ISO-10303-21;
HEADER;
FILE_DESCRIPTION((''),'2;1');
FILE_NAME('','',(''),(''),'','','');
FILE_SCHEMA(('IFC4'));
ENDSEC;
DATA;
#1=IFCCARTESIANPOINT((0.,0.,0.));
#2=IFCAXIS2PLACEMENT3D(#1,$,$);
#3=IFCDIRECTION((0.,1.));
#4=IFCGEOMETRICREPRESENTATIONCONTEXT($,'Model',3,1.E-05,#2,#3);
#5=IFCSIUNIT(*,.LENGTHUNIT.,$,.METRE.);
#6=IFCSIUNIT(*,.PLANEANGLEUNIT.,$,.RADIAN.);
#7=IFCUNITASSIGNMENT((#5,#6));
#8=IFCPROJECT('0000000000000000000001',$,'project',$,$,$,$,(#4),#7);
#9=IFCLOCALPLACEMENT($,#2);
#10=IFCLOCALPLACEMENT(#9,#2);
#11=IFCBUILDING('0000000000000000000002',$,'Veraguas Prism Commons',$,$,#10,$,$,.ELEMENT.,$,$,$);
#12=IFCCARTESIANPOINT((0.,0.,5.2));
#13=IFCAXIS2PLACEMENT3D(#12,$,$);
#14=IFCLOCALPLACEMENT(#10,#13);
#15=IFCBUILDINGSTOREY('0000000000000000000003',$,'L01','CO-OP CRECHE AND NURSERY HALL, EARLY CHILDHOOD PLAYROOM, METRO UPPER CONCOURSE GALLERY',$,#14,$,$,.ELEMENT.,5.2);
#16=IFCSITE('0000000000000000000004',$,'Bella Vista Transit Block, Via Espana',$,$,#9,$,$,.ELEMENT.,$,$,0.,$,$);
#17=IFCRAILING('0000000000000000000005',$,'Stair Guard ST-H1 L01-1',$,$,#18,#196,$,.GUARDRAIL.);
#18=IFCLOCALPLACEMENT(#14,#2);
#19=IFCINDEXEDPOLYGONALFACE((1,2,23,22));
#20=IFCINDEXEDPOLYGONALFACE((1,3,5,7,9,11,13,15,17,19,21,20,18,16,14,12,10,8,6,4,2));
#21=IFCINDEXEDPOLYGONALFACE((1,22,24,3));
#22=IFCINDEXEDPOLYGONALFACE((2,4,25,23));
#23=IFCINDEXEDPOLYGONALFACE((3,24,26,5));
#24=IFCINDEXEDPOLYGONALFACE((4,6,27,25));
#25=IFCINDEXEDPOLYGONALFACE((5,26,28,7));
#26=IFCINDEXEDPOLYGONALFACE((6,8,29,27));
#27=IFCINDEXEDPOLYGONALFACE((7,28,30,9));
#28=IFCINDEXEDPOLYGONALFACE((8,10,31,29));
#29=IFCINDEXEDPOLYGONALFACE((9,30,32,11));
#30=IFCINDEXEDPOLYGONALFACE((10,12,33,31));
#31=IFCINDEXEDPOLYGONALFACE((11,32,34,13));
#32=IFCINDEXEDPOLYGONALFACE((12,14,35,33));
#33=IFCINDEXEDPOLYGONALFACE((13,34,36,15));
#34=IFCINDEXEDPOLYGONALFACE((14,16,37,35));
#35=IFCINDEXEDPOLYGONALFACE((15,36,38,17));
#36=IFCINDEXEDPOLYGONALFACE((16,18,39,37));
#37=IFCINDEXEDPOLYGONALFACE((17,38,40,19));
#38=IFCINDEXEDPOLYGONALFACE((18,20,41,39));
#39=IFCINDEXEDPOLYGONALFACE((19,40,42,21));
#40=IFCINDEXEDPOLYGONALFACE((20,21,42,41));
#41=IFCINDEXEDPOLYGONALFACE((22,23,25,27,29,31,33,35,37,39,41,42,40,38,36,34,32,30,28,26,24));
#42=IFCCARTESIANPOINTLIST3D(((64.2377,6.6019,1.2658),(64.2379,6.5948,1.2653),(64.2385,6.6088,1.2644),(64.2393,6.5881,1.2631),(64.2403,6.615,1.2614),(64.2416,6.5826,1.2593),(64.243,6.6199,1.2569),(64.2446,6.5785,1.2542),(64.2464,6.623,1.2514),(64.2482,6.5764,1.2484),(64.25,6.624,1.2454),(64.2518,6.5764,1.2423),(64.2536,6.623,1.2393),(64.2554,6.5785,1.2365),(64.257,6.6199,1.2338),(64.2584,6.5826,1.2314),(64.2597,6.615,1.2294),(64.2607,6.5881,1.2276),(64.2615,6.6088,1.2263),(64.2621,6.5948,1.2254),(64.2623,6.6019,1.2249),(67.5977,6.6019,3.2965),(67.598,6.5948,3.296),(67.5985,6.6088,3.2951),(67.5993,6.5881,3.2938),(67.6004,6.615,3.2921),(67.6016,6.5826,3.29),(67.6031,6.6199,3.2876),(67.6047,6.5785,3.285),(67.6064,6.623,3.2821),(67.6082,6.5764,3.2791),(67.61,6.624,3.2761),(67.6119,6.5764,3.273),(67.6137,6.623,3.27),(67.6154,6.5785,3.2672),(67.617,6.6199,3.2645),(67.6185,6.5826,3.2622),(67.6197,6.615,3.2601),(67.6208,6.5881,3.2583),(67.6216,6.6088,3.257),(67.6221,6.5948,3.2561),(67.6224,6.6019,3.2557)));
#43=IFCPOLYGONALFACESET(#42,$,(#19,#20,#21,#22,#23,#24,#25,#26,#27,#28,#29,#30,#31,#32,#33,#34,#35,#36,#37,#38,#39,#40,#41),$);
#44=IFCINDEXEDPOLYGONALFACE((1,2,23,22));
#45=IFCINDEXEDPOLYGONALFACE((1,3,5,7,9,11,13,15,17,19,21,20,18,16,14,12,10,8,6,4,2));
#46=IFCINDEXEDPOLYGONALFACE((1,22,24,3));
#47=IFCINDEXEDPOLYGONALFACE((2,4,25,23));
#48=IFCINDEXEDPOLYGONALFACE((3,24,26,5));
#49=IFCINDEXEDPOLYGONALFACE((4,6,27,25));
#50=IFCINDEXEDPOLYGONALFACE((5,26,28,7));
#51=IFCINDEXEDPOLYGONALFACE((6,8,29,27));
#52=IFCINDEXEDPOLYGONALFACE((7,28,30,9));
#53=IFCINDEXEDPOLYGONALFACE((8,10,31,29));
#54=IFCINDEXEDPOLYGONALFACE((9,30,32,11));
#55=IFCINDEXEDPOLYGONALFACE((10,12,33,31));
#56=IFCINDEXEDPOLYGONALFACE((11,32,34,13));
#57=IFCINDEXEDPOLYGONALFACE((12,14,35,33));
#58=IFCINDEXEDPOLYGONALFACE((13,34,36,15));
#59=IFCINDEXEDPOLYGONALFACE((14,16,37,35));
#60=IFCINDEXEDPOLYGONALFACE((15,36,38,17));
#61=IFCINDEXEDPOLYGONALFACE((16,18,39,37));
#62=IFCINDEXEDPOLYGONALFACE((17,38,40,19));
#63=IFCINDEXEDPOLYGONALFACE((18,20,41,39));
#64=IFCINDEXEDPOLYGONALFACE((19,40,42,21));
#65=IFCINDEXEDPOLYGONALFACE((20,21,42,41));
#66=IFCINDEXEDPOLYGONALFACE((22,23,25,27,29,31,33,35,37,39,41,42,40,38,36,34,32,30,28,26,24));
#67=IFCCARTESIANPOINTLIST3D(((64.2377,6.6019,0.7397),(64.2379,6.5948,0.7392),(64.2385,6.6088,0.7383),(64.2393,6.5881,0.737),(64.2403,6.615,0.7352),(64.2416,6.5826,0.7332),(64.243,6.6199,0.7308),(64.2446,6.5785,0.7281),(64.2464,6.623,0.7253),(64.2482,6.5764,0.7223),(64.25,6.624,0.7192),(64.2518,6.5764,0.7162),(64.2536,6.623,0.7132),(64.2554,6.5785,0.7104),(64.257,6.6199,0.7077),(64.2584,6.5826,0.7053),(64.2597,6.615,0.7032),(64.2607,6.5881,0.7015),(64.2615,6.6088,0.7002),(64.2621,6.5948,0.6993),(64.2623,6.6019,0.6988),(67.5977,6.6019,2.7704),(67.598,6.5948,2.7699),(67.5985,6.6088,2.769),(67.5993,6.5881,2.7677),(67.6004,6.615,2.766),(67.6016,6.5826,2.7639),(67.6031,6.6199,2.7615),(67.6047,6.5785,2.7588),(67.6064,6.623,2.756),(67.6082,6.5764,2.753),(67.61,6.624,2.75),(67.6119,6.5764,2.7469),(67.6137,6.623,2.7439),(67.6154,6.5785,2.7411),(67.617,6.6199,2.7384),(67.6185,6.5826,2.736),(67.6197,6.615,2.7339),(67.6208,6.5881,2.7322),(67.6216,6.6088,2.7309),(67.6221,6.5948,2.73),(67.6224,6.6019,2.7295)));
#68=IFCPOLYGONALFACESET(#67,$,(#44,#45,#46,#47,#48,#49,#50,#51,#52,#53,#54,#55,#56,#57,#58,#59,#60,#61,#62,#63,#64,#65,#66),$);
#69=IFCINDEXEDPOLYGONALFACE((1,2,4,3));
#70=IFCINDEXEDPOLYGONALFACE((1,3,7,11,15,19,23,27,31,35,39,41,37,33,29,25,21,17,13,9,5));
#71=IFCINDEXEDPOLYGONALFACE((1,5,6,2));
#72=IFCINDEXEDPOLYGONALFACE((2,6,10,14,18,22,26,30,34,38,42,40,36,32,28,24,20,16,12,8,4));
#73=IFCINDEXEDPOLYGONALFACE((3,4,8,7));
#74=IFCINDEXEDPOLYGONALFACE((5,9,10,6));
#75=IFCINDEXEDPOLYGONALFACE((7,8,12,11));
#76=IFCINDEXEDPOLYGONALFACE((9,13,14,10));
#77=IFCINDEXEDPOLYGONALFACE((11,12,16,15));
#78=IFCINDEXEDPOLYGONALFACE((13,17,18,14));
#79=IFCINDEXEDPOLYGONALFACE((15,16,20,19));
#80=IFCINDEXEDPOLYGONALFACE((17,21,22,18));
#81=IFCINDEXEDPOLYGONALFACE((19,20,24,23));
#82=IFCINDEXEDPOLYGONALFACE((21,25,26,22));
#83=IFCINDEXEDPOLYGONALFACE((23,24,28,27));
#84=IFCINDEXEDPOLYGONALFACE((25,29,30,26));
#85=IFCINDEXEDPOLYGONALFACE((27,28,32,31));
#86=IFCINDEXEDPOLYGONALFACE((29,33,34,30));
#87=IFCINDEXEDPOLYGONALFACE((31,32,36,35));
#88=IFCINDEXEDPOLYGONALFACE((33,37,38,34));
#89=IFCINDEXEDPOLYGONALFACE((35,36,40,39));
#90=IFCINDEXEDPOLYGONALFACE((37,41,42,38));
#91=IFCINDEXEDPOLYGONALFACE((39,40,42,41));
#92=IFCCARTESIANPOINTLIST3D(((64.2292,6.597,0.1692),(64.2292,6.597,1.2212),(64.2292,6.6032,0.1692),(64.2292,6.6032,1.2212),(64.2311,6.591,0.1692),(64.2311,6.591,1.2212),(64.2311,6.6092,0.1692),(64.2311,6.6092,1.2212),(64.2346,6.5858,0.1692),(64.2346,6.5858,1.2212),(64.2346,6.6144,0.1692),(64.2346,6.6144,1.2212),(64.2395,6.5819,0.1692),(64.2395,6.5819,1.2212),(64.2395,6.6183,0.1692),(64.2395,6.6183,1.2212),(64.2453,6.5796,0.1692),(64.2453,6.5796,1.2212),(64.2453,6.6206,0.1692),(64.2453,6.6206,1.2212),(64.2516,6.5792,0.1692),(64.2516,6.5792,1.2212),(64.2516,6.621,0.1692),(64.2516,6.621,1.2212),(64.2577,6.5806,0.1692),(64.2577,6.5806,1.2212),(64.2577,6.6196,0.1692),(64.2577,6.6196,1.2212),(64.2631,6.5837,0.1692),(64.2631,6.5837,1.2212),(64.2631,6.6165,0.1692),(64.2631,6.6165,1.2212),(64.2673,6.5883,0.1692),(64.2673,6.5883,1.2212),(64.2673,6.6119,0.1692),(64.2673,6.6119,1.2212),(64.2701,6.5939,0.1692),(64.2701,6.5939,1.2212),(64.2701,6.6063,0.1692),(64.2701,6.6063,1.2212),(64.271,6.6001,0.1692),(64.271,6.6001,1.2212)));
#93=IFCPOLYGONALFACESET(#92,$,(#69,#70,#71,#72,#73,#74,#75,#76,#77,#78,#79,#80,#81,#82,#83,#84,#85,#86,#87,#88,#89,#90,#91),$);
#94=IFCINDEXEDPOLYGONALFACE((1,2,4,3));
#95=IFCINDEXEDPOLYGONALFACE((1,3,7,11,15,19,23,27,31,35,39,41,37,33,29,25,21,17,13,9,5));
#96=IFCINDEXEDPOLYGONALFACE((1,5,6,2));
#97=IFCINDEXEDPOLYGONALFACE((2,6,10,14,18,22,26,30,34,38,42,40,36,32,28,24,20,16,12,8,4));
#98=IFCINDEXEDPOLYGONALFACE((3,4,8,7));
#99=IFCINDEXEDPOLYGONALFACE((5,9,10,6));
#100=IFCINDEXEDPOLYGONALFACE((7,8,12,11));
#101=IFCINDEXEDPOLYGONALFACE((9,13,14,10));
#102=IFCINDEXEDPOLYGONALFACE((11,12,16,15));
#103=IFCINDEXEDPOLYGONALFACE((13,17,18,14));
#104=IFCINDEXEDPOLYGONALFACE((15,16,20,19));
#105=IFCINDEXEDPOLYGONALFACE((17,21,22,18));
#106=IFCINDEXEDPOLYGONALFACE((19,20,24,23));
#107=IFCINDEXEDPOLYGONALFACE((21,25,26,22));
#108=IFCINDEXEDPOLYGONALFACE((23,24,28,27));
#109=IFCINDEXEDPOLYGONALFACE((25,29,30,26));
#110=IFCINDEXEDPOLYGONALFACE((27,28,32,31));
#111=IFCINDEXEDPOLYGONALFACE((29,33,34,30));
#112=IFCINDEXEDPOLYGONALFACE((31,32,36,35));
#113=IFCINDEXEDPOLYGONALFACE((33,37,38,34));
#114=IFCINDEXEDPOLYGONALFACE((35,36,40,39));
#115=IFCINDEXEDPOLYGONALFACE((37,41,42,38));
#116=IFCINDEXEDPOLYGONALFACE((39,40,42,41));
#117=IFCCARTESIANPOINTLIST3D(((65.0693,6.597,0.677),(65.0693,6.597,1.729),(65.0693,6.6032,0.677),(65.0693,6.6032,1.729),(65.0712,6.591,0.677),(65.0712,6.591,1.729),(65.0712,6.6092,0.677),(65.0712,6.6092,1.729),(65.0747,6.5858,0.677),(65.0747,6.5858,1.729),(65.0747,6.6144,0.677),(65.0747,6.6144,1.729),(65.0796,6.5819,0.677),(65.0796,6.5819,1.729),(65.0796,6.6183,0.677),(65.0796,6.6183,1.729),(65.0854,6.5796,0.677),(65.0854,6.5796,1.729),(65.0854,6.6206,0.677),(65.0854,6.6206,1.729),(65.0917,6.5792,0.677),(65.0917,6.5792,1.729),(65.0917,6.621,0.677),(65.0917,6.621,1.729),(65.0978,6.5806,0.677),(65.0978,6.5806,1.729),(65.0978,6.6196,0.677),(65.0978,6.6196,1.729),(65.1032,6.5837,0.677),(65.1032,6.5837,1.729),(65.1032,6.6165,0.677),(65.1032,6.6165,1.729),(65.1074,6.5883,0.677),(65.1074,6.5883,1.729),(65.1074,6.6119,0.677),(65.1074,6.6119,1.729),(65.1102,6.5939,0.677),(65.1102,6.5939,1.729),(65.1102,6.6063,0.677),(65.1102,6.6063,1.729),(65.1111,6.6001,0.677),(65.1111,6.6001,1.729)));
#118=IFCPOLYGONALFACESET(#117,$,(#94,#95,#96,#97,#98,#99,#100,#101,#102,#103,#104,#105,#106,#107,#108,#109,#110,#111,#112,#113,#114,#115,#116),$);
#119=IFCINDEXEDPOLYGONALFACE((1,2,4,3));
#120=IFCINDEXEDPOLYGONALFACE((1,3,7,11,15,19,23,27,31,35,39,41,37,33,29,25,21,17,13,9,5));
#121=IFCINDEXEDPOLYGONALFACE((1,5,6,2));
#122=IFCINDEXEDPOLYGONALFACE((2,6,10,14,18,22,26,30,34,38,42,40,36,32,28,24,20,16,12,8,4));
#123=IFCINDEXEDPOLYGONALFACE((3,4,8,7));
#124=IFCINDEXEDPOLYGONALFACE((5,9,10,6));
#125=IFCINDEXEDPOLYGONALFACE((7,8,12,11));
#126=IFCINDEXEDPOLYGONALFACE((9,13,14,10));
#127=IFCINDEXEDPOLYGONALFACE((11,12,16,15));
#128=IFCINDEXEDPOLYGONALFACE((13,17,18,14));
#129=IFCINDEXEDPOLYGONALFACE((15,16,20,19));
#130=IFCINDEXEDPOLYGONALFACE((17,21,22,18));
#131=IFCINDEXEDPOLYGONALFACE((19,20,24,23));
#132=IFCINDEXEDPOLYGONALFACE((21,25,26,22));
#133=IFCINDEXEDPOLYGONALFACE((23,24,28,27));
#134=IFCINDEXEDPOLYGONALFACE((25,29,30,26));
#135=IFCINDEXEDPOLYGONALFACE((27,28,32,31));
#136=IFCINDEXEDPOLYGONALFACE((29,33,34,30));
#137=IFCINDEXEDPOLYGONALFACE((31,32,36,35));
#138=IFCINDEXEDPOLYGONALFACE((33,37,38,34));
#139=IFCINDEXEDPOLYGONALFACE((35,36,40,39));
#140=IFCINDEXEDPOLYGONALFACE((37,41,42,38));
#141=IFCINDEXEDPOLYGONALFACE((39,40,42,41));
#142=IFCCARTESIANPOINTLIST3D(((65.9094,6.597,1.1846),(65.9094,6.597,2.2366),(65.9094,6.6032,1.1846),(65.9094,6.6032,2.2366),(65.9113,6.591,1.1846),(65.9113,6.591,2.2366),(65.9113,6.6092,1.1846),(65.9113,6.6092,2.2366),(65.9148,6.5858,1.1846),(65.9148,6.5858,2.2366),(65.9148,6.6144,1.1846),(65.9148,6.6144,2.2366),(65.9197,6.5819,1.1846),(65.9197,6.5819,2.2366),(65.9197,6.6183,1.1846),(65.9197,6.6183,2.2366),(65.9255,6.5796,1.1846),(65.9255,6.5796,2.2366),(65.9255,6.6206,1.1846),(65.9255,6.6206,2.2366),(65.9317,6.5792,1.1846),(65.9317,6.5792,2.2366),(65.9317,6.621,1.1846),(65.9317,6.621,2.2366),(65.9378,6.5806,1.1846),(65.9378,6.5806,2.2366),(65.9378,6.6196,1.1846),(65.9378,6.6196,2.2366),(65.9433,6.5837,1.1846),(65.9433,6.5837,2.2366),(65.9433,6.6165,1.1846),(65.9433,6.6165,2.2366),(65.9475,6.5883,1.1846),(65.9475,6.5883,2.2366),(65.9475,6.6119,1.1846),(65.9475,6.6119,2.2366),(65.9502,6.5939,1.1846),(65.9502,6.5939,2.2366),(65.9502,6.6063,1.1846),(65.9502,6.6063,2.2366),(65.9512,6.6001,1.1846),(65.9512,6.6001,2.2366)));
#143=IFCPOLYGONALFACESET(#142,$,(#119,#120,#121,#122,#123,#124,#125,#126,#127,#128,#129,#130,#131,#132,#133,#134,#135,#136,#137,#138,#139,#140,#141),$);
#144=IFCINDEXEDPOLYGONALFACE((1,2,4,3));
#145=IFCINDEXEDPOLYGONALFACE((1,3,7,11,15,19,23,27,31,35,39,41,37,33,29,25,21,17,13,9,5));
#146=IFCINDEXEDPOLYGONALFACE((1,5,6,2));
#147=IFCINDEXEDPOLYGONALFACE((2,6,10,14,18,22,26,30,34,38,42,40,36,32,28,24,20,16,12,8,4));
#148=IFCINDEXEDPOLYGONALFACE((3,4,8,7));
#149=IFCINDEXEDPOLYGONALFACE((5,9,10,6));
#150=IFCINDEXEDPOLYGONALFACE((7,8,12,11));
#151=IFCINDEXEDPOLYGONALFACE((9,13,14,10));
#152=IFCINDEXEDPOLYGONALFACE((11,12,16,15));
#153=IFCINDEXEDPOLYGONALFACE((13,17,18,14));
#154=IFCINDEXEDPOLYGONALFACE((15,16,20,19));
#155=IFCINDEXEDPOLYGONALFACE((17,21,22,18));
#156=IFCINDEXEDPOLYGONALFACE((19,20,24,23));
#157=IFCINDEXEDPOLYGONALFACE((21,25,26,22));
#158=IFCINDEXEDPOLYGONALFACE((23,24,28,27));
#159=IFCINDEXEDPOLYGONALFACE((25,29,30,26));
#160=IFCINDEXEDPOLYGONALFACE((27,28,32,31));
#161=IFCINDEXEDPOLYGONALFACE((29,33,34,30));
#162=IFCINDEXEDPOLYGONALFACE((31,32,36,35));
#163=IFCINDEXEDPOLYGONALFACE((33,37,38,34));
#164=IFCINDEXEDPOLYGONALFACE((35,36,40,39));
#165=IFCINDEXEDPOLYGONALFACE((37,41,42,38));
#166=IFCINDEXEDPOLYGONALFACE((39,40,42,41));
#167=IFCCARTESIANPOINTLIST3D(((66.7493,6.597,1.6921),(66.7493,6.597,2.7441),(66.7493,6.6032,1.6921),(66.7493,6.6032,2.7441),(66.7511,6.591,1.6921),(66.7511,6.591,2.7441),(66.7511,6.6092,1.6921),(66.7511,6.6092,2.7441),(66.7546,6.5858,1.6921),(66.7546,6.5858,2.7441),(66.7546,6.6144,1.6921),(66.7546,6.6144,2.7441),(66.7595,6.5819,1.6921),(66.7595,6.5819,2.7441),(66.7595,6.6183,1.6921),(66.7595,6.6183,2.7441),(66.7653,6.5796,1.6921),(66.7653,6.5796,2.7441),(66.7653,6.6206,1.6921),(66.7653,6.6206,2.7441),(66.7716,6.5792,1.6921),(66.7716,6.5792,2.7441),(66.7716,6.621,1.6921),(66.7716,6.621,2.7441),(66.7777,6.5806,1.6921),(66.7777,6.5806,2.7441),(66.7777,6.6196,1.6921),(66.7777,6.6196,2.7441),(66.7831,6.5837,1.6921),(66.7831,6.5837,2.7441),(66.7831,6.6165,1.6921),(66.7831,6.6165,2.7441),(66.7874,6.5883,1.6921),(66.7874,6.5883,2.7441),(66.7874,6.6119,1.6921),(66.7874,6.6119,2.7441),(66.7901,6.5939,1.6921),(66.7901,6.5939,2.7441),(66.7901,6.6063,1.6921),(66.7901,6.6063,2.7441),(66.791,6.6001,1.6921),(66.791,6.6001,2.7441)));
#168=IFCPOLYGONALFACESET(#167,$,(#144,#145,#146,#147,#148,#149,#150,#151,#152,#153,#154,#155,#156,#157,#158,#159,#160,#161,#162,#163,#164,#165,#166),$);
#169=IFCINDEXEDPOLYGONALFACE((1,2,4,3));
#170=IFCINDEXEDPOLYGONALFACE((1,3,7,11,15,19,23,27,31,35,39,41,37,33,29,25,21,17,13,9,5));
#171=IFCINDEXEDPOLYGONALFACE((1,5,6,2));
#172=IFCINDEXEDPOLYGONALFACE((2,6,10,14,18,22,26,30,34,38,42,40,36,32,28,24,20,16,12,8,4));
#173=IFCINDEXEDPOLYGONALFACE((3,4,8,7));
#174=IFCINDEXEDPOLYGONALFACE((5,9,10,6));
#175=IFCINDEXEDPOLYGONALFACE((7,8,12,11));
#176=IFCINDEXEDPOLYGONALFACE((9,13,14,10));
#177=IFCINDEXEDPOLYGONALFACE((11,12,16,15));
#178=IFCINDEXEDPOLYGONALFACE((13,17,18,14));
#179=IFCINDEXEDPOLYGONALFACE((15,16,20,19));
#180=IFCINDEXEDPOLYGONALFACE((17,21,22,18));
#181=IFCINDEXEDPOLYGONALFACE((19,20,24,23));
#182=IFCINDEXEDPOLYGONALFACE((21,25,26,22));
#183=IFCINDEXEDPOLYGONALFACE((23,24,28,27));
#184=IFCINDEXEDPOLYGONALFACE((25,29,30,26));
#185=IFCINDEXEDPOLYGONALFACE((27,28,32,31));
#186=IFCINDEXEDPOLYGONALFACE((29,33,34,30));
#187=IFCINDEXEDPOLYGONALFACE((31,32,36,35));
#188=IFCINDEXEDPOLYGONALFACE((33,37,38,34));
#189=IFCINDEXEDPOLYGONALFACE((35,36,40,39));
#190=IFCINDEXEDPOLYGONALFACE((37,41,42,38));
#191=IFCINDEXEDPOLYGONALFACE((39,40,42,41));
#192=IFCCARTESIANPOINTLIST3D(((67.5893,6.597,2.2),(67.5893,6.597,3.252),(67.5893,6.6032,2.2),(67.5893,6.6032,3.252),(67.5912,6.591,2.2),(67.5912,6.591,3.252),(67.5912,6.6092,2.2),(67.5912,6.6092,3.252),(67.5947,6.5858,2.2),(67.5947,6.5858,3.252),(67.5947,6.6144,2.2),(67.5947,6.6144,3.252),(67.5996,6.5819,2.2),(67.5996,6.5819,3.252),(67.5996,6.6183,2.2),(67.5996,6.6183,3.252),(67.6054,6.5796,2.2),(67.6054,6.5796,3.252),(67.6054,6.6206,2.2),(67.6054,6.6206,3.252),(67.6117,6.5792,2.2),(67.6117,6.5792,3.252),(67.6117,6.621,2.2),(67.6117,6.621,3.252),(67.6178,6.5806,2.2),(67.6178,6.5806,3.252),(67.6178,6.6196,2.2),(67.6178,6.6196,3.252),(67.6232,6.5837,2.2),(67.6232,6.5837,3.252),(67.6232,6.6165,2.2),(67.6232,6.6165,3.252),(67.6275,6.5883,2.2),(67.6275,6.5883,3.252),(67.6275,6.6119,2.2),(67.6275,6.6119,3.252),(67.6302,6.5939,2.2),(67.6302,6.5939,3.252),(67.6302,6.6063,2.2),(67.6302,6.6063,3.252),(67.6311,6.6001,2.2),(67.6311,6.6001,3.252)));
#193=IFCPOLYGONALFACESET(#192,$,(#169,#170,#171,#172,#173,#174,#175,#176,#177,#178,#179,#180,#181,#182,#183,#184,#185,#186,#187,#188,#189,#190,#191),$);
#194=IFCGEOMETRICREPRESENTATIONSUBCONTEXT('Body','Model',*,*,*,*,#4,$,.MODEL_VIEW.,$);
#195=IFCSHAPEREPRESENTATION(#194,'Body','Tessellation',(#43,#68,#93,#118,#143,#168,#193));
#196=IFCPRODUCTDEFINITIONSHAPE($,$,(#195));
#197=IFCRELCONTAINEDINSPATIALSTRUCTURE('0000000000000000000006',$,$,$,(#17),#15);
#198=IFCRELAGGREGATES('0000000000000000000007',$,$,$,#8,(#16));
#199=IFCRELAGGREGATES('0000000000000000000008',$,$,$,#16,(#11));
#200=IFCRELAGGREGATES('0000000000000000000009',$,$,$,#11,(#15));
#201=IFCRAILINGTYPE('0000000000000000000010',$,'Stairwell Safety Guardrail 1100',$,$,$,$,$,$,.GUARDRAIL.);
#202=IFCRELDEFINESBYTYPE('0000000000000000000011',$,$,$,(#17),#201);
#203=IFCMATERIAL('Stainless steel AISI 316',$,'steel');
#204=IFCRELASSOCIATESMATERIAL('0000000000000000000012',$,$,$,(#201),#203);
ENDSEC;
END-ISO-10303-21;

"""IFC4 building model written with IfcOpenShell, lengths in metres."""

from ifc_helpers import new_model, si_unit, direction, frame, origin, origin_2d, place, context, subcontext, project, spatial, circle, extrude, material, type_object, element, save


model = new_model("IFC4")

# Units and contexts
model_context = context("Model", 3, precision=1e-05, world=origin(), true_north=direction((0.0, 1.0)))
body_context = subcontext(model_context, "Body", "Model", "MODEL_VIEW")
ifc_project = project(units=[si_unit("LENGTHUNIT", "METRE"), si_unit("PLANEANGLEUNIT", "RADIAN")], contexts=[model_context])

# Site, building, storey
site_placement = place(None, origin())
site = spatial("IfcSite", under=ifc_project, at=site_placement, Name="Bella Vista Transit Block, Via Espana", CompositionType="ELEMENT", RefElevation=0.0)
building_placement = place(site_placement, origin())
building = spatial("IfcBuilding", under=site, at=building_placement, Name="Veraguas Prism Commons", CompositionType="ELEMENT")
storey_placement = place(building_placement, frame((0.0, 0.0, 5.2)))
storey = spatial("IfcBuildingStorey", under=building, at=storey_placement, Name="L01", Description="CO-OP CRECHE AND NURSERY HALL, EARLY CHILDHOOD PLAYROOM, METRO UPPER CONCOURSE GALLERY", CompositionType="ELEMENT", Elevation=5.2)

# Railing
ifc_material_1 = material(Name="Stainless steel AISI 316", Category="steel")
railing_type_1 = type_object("IfcRailingType", Name="Stairwell Safety Guardrail 1100", PredefinedType="GUARDRAIL", material=ifc_material_1)
railing_1_placement = place(storey_placement, frame((64.25, 6.6001, 0.1692)))
element("IfcRailing", 1, at=railing_1_placement, inside=storey, type_object=railing_type_1, Name="Stair Guard ST-H1 L01-1", PredefinedType="GUARDRAIL", context=body_context, shape_type="SweptSolid", body=[
    extrude(circle(Radius=0.0239, at=origin_2d()), frame((0.0, 0.0, 1.0762), z_axis=(0.855837, 0.0, 0.517246), x_axis=(0.0, 1.0, 0.0)), (0.0, 0.0, 1.0), 3.926),
    extrude(circle(Radius=0.0239, at=origin_2d()), frame((0.0, 0.0, 0.55), z_axis=(0.855837, 0.0, 0.517246), x_axis=(0.0, 1.0, 0.0)), (0.0, 0.0, 1.0), 3.926),
    extrude(circle(Radius=0.021, at=origin_2d()), origin(), (0.0, 0.0, 1.0), 1.052),
    extrude(circle(Radius=0.021, at=origin_2d()), frame((0.8401, 0.0, 0.5078)), (0.0, 0.0, 1.0), 1.052),
    extrude(circle(Radius=0.021, at=origin_2d()), frame((1.6802, 0.0, 1.0154)), (0.0, 0.0, 1.0), 1.052),
    extrude(circle(Radius=0.021, at=origin_2d()), frame((2.52, 0.0, 1.5229)), (0.0, 0.0, 1.0), 1.052),
    extrude(circle(Radius=0.021, at=origin_2d()), frame((3.3601, 0.0, 2.0308)), (0.0, 0.0, 1.0), 1.052),
])

save(model, "model.ifc")
